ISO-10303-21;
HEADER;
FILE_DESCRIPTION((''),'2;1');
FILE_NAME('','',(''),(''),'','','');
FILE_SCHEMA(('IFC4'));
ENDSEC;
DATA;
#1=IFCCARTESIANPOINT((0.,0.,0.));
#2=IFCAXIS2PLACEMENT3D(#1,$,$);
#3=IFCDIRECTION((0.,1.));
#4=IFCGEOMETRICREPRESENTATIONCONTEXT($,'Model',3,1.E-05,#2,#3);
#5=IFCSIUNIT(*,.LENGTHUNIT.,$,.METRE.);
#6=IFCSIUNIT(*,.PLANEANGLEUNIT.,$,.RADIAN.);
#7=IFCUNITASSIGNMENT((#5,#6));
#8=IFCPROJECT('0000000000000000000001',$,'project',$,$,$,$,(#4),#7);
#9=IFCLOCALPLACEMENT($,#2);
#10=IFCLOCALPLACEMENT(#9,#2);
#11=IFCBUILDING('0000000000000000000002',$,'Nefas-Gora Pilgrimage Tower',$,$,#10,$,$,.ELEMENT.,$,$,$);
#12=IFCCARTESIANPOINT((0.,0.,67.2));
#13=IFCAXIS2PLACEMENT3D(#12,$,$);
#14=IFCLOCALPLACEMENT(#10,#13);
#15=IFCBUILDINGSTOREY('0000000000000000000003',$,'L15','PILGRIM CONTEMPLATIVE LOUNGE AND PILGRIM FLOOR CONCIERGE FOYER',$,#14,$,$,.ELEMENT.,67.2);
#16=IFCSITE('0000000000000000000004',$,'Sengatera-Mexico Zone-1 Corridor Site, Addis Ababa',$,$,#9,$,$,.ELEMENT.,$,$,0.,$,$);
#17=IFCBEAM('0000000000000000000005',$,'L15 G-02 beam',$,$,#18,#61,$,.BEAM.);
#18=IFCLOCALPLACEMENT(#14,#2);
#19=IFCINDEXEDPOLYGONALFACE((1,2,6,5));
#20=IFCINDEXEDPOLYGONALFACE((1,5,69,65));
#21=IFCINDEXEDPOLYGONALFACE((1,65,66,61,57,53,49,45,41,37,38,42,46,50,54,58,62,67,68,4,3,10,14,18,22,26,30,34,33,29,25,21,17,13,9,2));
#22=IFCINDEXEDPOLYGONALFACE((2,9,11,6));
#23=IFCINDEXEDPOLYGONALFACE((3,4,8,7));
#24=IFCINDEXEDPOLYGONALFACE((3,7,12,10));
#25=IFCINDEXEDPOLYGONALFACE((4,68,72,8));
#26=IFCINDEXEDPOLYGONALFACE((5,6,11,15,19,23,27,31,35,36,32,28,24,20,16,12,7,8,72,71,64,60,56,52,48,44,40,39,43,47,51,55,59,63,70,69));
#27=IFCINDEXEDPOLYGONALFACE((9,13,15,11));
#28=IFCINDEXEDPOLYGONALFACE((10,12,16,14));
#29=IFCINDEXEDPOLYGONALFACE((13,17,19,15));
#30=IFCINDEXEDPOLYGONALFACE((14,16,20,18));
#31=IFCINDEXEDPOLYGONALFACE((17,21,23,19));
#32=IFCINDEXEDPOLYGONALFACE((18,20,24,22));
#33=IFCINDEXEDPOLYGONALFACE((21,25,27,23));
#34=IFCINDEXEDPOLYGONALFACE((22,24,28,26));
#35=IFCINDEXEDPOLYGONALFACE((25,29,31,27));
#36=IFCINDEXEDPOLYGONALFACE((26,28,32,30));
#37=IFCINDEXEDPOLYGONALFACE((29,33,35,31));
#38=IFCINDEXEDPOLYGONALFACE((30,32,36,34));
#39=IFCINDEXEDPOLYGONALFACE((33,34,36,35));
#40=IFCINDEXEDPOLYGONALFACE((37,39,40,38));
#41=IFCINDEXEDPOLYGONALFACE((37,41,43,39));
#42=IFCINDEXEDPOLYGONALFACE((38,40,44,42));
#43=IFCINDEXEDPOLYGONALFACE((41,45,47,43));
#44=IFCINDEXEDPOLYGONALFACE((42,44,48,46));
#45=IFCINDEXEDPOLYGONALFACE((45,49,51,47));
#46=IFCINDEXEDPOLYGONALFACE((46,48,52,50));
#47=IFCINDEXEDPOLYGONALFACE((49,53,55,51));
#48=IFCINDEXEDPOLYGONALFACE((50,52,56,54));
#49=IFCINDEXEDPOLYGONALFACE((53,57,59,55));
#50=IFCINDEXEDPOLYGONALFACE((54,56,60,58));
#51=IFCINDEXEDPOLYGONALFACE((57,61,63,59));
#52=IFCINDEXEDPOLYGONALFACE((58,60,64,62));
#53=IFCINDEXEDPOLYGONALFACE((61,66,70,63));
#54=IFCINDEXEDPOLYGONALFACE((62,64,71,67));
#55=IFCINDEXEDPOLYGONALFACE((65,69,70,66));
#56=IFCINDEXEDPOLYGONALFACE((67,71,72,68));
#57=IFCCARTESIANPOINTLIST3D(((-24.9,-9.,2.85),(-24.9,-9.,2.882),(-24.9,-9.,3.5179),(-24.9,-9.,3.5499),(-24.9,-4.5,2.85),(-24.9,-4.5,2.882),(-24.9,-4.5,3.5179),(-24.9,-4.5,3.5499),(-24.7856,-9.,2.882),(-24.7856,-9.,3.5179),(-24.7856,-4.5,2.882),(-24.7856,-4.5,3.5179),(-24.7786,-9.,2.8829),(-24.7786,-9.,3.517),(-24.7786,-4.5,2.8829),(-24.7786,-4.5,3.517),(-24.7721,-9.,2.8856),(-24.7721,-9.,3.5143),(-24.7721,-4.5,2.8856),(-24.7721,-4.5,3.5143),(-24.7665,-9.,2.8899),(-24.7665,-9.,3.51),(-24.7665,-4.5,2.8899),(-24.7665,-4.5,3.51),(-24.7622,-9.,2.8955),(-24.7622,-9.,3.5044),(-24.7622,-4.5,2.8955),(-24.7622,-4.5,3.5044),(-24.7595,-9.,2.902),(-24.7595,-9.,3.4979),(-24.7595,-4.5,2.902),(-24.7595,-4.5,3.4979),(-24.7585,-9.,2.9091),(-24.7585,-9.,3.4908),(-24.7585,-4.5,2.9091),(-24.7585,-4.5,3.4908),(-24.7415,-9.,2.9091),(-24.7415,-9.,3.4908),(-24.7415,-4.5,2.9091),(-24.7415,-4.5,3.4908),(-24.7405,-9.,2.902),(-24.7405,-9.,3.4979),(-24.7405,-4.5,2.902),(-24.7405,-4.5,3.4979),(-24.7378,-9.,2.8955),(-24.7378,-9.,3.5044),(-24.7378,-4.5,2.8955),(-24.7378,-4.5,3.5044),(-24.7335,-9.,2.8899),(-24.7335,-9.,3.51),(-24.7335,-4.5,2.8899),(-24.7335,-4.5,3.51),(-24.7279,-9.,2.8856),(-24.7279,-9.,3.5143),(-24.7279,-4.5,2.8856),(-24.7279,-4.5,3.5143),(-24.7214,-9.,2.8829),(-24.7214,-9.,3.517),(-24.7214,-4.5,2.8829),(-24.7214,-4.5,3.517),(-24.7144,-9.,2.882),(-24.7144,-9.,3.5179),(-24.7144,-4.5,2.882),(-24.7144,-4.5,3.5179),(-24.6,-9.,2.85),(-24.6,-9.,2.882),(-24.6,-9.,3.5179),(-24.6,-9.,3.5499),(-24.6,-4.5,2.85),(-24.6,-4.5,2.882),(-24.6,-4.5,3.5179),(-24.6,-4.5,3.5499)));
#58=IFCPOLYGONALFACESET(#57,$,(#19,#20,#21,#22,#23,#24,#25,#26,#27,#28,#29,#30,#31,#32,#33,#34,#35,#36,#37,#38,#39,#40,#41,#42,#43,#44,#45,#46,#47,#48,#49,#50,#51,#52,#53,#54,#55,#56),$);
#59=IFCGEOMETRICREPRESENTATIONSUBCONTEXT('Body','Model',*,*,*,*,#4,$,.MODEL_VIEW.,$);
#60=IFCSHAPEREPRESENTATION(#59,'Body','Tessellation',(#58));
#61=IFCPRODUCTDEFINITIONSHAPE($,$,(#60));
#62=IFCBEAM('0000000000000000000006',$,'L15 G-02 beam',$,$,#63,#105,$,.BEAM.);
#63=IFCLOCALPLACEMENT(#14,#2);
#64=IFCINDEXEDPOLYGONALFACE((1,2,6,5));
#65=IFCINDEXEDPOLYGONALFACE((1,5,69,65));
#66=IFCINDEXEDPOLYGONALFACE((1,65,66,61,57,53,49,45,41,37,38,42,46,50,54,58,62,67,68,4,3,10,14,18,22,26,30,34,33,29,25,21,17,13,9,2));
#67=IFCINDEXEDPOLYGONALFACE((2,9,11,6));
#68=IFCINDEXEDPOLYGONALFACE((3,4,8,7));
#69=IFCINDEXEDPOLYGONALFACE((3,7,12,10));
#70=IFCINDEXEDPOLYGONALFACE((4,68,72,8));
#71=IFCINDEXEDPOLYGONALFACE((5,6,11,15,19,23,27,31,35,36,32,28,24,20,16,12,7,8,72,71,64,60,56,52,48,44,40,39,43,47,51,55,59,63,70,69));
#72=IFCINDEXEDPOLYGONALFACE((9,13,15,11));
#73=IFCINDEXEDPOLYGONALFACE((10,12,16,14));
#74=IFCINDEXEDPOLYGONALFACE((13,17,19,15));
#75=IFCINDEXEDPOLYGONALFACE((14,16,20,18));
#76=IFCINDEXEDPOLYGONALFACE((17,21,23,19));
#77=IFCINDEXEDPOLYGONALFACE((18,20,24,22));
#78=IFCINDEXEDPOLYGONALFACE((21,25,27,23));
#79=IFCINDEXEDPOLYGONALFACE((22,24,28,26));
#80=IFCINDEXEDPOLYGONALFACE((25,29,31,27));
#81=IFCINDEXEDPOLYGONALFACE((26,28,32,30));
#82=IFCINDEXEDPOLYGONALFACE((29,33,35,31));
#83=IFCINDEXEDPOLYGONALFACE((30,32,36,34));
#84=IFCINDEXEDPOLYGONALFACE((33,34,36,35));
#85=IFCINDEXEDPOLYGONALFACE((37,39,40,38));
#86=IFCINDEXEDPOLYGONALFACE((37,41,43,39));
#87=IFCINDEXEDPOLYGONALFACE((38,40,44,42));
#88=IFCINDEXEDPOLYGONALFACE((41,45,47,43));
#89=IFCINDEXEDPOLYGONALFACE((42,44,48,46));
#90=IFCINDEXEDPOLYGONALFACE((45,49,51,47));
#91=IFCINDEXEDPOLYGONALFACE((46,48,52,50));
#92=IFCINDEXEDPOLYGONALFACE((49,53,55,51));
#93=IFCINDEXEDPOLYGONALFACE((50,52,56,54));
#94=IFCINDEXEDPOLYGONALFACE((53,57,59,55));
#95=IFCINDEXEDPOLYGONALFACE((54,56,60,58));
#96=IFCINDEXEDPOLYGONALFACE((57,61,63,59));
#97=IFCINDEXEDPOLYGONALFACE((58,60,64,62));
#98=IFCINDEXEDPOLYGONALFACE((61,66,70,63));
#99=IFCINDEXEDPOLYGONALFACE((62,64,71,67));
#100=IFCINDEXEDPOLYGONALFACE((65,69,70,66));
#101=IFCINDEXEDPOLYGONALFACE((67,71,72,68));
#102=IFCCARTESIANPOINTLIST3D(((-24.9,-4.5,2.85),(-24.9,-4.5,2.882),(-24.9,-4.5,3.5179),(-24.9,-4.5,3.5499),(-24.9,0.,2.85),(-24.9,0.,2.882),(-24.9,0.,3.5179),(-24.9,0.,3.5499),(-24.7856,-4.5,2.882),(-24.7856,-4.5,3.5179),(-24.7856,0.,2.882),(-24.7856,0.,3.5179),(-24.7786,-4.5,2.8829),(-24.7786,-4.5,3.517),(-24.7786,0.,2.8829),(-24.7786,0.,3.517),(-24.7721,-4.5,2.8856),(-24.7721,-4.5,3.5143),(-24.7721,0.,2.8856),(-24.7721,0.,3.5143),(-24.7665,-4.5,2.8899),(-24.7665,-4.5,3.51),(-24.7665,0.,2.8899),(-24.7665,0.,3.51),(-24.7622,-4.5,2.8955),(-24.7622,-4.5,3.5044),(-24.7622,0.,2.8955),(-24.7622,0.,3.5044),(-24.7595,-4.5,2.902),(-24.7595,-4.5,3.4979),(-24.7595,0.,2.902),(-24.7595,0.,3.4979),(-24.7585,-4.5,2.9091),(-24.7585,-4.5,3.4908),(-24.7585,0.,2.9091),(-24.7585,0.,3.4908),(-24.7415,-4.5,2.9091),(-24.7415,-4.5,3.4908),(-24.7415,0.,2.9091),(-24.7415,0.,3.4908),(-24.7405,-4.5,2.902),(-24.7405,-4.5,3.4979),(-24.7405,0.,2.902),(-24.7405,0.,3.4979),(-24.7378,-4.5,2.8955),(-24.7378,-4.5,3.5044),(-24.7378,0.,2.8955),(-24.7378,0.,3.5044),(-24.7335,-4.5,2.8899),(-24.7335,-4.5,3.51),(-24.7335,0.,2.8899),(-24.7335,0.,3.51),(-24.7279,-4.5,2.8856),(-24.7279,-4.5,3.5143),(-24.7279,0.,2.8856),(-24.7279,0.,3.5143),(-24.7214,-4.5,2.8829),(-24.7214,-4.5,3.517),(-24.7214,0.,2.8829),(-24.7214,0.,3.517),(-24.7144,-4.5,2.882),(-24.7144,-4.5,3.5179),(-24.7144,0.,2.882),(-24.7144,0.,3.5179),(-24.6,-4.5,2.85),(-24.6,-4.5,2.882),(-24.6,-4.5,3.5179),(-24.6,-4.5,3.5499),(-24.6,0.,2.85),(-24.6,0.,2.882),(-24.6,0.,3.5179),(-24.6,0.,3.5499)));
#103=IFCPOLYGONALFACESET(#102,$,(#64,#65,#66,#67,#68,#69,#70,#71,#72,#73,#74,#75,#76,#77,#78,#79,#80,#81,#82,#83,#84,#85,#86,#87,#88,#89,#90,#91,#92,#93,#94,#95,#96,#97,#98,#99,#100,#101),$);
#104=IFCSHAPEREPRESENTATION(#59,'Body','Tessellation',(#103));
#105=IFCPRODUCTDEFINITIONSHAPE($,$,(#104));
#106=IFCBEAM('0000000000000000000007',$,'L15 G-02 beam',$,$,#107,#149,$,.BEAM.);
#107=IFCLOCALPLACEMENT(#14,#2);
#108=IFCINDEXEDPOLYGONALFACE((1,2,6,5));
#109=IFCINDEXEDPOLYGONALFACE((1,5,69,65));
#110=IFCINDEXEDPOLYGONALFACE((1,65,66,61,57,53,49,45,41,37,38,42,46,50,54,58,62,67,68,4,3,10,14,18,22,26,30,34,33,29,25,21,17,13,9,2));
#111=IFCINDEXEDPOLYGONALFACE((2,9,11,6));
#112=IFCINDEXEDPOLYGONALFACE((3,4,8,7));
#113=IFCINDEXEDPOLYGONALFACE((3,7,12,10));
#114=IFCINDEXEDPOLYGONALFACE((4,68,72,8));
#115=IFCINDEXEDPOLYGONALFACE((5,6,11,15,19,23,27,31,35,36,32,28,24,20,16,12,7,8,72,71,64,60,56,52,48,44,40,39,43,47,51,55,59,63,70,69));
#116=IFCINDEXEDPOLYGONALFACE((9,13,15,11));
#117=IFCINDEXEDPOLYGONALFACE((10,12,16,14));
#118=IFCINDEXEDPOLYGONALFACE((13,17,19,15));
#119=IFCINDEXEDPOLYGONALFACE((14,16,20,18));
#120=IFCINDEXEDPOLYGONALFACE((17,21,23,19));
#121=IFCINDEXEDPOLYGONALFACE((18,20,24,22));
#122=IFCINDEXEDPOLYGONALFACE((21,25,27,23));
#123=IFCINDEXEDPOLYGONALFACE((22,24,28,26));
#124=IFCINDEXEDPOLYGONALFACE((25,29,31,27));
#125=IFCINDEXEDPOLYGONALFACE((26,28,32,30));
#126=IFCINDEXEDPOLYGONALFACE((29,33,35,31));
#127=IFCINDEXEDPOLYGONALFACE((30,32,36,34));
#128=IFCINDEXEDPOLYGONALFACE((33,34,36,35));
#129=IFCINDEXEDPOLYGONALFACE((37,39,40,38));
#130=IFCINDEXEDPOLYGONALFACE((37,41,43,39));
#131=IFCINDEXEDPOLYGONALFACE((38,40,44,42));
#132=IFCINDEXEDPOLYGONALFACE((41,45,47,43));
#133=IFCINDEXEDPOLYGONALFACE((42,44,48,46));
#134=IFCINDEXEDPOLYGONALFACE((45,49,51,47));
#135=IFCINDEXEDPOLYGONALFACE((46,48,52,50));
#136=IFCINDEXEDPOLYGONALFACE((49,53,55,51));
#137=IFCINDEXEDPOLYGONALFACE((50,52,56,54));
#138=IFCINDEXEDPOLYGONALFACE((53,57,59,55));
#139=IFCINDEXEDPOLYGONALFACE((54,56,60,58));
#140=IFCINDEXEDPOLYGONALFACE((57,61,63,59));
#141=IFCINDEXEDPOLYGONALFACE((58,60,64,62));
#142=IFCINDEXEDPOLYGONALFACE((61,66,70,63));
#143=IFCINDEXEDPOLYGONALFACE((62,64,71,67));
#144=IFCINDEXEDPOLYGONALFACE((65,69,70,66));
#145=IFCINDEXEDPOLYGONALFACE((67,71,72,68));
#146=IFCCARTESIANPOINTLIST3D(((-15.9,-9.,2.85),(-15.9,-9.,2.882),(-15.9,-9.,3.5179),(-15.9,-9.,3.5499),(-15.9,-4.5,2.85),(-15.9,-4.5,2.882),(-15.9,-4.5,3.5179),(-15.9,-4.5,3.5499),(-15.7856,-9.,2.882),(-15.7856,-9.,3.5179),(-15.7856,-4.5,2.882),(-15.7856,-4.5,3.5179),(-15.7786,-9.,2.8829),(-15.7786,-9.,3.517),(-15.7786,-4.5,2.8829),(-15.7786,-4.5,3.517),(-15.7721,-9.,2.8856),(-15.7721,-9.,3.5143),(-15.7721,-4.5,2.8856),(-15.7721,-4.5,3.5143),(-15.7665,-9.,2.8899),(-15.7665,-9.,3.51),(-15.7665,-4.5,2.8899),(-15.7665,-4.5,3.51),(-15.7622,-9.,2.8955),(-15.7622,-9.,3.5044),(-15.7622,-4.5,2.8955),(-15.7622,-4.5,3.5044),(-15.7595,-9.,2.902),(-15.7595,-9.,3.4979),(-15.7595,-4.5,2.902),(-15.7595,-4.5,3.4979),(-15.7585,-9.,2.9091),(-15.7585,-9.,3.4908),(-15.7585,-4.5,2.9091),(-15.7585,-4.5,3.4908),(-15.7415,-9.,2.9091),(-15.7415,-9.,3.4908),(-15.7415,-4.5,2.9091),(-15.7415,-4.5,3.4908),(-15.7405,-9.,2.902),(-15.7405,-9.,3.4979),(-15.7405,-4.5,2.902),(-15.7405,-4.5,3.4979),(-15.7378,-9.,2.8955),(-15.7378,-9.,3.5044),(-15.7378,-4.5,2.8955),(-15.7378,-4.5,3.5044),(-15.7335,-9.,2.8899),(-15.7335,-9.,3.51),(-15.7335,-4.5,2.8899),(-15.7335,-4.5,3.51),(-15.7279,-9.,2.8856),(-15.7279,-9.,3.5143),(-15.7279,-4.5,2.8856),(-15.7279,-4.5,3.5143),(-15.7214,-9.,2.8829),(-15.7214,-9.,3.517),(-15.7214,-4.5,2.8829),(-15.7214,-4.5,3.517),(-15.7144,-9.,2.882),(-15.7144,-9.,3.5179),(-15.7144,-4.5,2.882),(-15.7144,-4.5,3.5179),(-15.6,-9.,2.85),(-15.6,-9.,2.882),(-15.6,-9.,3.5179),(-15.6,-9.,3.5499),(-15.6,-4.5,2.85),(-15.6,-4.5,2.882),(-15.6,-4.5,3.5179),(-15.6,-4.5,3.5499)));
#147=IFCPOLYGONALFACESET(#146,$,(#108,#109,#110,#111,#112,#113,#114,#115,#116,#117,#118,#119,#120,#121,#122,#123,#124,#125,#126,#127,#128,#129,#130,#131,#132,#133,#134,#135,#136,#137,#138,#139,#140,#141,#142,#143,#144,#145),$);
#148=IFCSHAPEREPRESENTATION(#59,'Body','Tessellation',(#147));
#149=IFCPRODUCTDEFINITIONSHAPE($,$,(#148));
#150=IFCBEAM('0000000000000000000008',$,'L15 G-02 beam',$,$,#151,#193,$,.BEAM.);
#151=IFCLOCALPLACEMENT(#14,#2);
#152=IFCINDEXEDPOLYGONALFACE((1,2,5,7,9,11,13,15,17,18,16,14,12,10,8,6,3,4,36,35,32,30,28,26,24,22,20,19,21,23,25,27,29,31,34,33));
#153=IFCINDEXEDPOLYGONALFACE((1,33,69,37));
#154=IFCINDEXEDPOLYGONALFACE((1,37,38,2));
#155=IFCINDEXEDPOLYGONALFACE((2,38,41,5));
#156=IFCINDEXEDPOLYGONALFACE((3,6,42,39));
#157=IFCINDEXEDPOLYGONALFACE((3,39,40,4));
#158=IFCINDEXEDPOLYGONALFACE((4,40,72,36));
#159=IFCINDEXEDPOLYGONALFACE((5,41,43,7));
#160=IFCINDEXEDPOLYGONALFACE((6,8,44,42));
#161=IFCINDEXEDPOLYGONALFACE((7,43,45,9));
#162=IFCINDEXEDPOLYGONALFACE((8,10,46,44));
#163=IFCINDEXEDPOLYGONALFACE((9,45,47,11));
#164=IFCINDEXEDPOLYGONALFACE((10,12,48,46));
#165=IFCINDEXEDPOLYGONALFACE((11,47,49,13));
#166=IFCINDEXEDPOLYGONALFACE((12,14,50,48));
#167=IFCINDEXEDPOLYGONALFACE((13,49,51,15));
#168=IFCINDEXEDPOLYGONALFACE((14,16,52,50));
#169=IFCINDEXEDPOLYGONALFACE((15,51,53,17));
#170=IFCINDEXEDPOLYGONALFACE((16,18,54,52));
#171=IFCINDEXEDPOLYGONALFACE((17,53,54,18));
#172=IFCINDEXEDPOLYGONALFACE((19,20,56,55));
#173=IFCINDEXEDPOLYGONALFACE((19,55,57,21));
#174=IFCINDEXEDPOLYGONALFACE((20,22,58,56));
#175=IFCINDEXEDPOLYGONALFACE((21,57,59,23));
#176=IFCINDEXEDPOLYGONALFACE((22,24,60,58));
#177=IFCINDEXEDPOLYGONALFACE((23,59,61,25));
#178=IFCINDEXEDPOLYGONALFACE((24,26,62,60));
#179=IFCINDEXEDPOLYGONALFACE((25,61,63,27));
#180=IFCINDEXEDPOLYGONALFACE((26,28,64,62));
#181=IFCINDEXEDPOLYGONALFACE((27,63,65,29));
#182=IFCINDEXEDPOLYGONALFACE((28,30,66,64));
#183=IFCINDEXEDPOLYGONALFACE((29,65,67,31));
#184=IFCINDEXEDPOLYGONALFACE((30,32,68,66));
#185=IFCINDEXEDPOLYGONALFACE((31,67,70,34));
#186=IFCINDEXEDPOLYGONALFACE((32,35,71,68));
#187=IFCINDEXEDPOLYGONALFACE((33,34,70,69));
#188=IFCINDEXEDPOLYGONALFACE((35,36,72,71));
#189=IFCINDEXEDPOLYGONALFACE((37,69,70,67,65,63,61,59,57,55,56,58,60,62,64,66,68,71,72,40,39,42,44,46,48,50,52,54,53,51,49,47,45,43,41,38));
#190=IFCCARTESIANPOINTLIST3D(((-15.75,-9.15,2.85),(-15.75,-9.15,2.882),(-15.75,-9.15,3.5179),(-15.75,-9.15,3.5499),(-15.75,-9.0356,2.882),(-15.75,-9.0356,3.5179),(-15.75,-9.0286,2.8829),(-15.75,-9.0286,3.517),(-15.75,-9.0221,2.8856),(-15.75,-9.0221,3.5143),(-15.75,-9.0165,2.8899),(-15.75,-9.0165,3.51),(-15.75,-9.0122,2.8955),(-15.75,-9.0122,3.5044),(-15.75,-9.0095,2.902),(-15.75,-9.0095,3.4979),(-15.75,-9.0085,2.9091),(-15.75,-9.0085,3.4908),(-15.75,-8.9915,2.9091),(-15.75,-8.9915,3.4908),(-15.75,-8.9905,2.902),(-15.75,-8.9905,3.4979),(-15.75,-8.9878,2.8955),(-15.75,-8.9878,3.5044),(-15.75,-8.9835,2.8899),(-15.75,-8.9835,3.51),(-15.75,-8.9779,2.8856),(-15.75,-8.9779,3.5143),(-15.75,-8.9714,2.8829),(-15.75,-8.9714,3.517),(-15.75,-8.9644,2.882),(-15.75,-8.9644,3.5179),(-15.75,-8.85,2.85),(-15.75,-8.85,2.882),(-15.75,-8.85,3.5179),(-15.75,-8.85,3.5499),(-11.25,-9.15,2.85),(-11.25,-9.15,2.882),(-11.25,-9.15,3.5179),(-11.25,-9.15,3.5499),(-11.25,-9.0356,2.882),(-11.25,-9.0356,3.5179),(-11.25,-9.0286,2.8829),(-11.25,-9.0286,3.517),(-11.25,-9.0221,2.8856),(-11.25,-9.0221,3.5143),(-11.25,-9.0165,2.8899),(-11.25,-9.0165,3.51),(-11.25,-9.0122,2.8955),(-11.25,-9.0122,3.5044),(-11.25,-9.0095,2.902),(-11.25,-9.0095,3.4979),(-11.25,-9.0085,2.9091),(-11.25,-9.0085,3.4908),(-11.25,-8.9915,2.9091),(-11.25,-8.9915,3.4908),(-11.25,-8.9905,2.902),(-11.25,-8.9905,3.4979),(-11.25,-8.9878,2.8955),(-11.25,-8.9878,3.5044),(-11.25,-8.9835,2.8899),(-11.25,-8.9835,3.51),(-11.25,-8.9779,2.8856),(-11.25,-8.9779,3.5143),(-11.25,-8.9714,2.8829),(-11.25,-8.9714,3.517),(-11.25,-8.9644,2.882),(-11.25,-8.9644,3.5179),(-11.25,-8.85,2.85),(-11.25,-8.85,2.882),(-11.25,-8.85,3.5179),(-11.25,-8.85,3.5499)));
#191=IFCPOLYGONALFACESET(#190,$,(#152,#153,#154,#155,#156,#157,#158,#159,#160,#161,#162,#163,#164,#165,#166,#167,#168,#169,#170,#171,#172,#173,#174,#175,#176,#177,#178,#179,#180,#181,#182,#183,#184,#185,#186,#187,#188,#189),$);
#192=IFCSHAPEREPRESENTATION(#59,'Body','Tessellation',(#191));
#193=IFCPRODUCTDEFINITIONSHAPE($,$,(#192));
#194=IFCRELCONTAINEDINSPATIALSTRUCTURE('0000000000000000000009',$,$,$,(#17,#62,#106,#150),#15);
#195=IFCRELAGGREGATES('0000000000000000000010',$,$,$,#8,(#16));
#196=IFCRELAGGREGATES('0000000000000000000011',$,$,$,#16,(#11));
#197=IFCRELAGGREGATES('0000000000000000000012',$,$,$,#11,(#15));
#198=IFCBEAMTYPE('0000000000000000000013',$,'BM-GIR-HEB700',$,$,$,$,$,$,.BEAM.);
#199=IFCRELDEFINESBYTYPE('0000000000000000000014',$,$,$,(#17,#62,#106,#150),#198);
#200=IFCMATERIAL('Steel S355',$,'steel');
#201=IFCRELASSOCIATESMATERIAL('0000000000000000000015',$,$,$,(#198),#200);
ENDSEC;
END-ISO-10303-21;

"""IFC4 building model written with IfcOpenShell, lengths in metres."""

from ifc_helpers import new_model, si_unit, direction, frame, origin, origin_2d, place, context, subcontext, project, spatial, i_section, extrude, source, transform, mapped, material, material_profile, profile_set, type_object, element, save


model = new_model("IFC4")

# Units and contexts
model_context = context("Model", 3, precision=1e-05, world=origin(), true_north=direction((0.0, 1.0)))
body_context = subcontext(model_context, "Body", "Model", "MODEL_VIEW")
ifc_project = project(units=[si_unit("LENGTHUNIT", "METRE"), si_unit("PLANEANGLEUNIT", "RADIAN")], contexts=[model_context])

# Site, building, storey
site_placement = place(None, origin())
site = spatial("IfcSite", under=ifc_project, at=site_placement, Name="Sengatera-Mexico Zone-1 Corridor Site, Addis Ababa", CompositionType="ELEMENT", RefElevation=0.0)
building_placement = place(site_placement, origin())
building = spatial("IfcBuilding", under=site, at=building_placement, Name="Nefas-Gora Pilgrimage Tower", CompositionType="ELEMENT")
storey_placement = place(building_placement, frame((0.0, 0.0, 67.2)))
storey = spatial("IfcBuildingStorey", under=building, at=storey_placement, Name="L15", Description="PILGRIM CONTEMPLATIVE LOUNGE AND PILGRIM FLOOR CONCIERGE FOYER", CompositionType="ELEMENT", Elevation=67.2)

# Beams
ifc_material_1 = material(Name="Steel S355", Category="steel")
ifc_material_profile_1 = material_profile(ifc_material_1, i_section(OverallWidth=0.3, OverallDepth=0.7, WebThickness=0.0171, FlangeThickness=0.032, FilletRadius=0.0271, at=origin_2d()), Name="HEB 700")
ifc_profile_set_1 = profile_set([ifc_material_profile_1], Name="Steel S355")
beam_type_1 = type_object("IfcBeamType", Name="BM-GIR-HEB700", PredefinedType="BEAM", material=ifc_profile_set_1)
shared_shape_1 = source(origin(), body_context, "Body", "SweptSolid", [
    extrude(i_section(OverallWidth=0.3, OverallDepth=0.7, WebThickness=0.0171, FlangeThickness=0.032, FilletRadius=0.0271, at=origin_2d()), origin(), (0.0, 0.0, 1.0), 4.5),
])
for number, where, z_axis, x_axis, name in (
    (1, (-24.75, -9.0, 3.2), (0.0, 1.0, 0.0), (-1.0, 0.0, 0.0), "L15 G-02 beam"),
    (2, (-24.75, -4.5, 3.2), (0.0, 1.0, 0.0), (-1.0, 0.0, 0.0), "L15 G-02 beam"),
    (3, (-15.75, -9.0, 3.2), (0.0, 1.0, 0.0), (-1.0, 0.0, 0.0), "L15 G-02 beam"),
    (4, (-15.75, -9.0, 3.2), (1.0, 0.0, 0.0), (0.0, 1.0, 0.0), "L15 G-02 beam"),
):
    element("IfcBeam", number, at=place(storey_placement, frame(where, z_axis=z_axis, x_axis=x_axis)), inside=storey, type_object=beam_type_1, Name=name, PredefinedType="BEAM", context=body_context, shape_type="MappedRepresentation", body=[
        mapped(shared_shape_1, transform((0.0, 0.0, 0.0), x_axis=(1.0, 0.0, 0.0), y_axis=(0.0, 1.0, 0.0), z_axis=(0.0, 0.0, 1.0), scale=1.0)),
    ])

save(model, "model.ifc")
